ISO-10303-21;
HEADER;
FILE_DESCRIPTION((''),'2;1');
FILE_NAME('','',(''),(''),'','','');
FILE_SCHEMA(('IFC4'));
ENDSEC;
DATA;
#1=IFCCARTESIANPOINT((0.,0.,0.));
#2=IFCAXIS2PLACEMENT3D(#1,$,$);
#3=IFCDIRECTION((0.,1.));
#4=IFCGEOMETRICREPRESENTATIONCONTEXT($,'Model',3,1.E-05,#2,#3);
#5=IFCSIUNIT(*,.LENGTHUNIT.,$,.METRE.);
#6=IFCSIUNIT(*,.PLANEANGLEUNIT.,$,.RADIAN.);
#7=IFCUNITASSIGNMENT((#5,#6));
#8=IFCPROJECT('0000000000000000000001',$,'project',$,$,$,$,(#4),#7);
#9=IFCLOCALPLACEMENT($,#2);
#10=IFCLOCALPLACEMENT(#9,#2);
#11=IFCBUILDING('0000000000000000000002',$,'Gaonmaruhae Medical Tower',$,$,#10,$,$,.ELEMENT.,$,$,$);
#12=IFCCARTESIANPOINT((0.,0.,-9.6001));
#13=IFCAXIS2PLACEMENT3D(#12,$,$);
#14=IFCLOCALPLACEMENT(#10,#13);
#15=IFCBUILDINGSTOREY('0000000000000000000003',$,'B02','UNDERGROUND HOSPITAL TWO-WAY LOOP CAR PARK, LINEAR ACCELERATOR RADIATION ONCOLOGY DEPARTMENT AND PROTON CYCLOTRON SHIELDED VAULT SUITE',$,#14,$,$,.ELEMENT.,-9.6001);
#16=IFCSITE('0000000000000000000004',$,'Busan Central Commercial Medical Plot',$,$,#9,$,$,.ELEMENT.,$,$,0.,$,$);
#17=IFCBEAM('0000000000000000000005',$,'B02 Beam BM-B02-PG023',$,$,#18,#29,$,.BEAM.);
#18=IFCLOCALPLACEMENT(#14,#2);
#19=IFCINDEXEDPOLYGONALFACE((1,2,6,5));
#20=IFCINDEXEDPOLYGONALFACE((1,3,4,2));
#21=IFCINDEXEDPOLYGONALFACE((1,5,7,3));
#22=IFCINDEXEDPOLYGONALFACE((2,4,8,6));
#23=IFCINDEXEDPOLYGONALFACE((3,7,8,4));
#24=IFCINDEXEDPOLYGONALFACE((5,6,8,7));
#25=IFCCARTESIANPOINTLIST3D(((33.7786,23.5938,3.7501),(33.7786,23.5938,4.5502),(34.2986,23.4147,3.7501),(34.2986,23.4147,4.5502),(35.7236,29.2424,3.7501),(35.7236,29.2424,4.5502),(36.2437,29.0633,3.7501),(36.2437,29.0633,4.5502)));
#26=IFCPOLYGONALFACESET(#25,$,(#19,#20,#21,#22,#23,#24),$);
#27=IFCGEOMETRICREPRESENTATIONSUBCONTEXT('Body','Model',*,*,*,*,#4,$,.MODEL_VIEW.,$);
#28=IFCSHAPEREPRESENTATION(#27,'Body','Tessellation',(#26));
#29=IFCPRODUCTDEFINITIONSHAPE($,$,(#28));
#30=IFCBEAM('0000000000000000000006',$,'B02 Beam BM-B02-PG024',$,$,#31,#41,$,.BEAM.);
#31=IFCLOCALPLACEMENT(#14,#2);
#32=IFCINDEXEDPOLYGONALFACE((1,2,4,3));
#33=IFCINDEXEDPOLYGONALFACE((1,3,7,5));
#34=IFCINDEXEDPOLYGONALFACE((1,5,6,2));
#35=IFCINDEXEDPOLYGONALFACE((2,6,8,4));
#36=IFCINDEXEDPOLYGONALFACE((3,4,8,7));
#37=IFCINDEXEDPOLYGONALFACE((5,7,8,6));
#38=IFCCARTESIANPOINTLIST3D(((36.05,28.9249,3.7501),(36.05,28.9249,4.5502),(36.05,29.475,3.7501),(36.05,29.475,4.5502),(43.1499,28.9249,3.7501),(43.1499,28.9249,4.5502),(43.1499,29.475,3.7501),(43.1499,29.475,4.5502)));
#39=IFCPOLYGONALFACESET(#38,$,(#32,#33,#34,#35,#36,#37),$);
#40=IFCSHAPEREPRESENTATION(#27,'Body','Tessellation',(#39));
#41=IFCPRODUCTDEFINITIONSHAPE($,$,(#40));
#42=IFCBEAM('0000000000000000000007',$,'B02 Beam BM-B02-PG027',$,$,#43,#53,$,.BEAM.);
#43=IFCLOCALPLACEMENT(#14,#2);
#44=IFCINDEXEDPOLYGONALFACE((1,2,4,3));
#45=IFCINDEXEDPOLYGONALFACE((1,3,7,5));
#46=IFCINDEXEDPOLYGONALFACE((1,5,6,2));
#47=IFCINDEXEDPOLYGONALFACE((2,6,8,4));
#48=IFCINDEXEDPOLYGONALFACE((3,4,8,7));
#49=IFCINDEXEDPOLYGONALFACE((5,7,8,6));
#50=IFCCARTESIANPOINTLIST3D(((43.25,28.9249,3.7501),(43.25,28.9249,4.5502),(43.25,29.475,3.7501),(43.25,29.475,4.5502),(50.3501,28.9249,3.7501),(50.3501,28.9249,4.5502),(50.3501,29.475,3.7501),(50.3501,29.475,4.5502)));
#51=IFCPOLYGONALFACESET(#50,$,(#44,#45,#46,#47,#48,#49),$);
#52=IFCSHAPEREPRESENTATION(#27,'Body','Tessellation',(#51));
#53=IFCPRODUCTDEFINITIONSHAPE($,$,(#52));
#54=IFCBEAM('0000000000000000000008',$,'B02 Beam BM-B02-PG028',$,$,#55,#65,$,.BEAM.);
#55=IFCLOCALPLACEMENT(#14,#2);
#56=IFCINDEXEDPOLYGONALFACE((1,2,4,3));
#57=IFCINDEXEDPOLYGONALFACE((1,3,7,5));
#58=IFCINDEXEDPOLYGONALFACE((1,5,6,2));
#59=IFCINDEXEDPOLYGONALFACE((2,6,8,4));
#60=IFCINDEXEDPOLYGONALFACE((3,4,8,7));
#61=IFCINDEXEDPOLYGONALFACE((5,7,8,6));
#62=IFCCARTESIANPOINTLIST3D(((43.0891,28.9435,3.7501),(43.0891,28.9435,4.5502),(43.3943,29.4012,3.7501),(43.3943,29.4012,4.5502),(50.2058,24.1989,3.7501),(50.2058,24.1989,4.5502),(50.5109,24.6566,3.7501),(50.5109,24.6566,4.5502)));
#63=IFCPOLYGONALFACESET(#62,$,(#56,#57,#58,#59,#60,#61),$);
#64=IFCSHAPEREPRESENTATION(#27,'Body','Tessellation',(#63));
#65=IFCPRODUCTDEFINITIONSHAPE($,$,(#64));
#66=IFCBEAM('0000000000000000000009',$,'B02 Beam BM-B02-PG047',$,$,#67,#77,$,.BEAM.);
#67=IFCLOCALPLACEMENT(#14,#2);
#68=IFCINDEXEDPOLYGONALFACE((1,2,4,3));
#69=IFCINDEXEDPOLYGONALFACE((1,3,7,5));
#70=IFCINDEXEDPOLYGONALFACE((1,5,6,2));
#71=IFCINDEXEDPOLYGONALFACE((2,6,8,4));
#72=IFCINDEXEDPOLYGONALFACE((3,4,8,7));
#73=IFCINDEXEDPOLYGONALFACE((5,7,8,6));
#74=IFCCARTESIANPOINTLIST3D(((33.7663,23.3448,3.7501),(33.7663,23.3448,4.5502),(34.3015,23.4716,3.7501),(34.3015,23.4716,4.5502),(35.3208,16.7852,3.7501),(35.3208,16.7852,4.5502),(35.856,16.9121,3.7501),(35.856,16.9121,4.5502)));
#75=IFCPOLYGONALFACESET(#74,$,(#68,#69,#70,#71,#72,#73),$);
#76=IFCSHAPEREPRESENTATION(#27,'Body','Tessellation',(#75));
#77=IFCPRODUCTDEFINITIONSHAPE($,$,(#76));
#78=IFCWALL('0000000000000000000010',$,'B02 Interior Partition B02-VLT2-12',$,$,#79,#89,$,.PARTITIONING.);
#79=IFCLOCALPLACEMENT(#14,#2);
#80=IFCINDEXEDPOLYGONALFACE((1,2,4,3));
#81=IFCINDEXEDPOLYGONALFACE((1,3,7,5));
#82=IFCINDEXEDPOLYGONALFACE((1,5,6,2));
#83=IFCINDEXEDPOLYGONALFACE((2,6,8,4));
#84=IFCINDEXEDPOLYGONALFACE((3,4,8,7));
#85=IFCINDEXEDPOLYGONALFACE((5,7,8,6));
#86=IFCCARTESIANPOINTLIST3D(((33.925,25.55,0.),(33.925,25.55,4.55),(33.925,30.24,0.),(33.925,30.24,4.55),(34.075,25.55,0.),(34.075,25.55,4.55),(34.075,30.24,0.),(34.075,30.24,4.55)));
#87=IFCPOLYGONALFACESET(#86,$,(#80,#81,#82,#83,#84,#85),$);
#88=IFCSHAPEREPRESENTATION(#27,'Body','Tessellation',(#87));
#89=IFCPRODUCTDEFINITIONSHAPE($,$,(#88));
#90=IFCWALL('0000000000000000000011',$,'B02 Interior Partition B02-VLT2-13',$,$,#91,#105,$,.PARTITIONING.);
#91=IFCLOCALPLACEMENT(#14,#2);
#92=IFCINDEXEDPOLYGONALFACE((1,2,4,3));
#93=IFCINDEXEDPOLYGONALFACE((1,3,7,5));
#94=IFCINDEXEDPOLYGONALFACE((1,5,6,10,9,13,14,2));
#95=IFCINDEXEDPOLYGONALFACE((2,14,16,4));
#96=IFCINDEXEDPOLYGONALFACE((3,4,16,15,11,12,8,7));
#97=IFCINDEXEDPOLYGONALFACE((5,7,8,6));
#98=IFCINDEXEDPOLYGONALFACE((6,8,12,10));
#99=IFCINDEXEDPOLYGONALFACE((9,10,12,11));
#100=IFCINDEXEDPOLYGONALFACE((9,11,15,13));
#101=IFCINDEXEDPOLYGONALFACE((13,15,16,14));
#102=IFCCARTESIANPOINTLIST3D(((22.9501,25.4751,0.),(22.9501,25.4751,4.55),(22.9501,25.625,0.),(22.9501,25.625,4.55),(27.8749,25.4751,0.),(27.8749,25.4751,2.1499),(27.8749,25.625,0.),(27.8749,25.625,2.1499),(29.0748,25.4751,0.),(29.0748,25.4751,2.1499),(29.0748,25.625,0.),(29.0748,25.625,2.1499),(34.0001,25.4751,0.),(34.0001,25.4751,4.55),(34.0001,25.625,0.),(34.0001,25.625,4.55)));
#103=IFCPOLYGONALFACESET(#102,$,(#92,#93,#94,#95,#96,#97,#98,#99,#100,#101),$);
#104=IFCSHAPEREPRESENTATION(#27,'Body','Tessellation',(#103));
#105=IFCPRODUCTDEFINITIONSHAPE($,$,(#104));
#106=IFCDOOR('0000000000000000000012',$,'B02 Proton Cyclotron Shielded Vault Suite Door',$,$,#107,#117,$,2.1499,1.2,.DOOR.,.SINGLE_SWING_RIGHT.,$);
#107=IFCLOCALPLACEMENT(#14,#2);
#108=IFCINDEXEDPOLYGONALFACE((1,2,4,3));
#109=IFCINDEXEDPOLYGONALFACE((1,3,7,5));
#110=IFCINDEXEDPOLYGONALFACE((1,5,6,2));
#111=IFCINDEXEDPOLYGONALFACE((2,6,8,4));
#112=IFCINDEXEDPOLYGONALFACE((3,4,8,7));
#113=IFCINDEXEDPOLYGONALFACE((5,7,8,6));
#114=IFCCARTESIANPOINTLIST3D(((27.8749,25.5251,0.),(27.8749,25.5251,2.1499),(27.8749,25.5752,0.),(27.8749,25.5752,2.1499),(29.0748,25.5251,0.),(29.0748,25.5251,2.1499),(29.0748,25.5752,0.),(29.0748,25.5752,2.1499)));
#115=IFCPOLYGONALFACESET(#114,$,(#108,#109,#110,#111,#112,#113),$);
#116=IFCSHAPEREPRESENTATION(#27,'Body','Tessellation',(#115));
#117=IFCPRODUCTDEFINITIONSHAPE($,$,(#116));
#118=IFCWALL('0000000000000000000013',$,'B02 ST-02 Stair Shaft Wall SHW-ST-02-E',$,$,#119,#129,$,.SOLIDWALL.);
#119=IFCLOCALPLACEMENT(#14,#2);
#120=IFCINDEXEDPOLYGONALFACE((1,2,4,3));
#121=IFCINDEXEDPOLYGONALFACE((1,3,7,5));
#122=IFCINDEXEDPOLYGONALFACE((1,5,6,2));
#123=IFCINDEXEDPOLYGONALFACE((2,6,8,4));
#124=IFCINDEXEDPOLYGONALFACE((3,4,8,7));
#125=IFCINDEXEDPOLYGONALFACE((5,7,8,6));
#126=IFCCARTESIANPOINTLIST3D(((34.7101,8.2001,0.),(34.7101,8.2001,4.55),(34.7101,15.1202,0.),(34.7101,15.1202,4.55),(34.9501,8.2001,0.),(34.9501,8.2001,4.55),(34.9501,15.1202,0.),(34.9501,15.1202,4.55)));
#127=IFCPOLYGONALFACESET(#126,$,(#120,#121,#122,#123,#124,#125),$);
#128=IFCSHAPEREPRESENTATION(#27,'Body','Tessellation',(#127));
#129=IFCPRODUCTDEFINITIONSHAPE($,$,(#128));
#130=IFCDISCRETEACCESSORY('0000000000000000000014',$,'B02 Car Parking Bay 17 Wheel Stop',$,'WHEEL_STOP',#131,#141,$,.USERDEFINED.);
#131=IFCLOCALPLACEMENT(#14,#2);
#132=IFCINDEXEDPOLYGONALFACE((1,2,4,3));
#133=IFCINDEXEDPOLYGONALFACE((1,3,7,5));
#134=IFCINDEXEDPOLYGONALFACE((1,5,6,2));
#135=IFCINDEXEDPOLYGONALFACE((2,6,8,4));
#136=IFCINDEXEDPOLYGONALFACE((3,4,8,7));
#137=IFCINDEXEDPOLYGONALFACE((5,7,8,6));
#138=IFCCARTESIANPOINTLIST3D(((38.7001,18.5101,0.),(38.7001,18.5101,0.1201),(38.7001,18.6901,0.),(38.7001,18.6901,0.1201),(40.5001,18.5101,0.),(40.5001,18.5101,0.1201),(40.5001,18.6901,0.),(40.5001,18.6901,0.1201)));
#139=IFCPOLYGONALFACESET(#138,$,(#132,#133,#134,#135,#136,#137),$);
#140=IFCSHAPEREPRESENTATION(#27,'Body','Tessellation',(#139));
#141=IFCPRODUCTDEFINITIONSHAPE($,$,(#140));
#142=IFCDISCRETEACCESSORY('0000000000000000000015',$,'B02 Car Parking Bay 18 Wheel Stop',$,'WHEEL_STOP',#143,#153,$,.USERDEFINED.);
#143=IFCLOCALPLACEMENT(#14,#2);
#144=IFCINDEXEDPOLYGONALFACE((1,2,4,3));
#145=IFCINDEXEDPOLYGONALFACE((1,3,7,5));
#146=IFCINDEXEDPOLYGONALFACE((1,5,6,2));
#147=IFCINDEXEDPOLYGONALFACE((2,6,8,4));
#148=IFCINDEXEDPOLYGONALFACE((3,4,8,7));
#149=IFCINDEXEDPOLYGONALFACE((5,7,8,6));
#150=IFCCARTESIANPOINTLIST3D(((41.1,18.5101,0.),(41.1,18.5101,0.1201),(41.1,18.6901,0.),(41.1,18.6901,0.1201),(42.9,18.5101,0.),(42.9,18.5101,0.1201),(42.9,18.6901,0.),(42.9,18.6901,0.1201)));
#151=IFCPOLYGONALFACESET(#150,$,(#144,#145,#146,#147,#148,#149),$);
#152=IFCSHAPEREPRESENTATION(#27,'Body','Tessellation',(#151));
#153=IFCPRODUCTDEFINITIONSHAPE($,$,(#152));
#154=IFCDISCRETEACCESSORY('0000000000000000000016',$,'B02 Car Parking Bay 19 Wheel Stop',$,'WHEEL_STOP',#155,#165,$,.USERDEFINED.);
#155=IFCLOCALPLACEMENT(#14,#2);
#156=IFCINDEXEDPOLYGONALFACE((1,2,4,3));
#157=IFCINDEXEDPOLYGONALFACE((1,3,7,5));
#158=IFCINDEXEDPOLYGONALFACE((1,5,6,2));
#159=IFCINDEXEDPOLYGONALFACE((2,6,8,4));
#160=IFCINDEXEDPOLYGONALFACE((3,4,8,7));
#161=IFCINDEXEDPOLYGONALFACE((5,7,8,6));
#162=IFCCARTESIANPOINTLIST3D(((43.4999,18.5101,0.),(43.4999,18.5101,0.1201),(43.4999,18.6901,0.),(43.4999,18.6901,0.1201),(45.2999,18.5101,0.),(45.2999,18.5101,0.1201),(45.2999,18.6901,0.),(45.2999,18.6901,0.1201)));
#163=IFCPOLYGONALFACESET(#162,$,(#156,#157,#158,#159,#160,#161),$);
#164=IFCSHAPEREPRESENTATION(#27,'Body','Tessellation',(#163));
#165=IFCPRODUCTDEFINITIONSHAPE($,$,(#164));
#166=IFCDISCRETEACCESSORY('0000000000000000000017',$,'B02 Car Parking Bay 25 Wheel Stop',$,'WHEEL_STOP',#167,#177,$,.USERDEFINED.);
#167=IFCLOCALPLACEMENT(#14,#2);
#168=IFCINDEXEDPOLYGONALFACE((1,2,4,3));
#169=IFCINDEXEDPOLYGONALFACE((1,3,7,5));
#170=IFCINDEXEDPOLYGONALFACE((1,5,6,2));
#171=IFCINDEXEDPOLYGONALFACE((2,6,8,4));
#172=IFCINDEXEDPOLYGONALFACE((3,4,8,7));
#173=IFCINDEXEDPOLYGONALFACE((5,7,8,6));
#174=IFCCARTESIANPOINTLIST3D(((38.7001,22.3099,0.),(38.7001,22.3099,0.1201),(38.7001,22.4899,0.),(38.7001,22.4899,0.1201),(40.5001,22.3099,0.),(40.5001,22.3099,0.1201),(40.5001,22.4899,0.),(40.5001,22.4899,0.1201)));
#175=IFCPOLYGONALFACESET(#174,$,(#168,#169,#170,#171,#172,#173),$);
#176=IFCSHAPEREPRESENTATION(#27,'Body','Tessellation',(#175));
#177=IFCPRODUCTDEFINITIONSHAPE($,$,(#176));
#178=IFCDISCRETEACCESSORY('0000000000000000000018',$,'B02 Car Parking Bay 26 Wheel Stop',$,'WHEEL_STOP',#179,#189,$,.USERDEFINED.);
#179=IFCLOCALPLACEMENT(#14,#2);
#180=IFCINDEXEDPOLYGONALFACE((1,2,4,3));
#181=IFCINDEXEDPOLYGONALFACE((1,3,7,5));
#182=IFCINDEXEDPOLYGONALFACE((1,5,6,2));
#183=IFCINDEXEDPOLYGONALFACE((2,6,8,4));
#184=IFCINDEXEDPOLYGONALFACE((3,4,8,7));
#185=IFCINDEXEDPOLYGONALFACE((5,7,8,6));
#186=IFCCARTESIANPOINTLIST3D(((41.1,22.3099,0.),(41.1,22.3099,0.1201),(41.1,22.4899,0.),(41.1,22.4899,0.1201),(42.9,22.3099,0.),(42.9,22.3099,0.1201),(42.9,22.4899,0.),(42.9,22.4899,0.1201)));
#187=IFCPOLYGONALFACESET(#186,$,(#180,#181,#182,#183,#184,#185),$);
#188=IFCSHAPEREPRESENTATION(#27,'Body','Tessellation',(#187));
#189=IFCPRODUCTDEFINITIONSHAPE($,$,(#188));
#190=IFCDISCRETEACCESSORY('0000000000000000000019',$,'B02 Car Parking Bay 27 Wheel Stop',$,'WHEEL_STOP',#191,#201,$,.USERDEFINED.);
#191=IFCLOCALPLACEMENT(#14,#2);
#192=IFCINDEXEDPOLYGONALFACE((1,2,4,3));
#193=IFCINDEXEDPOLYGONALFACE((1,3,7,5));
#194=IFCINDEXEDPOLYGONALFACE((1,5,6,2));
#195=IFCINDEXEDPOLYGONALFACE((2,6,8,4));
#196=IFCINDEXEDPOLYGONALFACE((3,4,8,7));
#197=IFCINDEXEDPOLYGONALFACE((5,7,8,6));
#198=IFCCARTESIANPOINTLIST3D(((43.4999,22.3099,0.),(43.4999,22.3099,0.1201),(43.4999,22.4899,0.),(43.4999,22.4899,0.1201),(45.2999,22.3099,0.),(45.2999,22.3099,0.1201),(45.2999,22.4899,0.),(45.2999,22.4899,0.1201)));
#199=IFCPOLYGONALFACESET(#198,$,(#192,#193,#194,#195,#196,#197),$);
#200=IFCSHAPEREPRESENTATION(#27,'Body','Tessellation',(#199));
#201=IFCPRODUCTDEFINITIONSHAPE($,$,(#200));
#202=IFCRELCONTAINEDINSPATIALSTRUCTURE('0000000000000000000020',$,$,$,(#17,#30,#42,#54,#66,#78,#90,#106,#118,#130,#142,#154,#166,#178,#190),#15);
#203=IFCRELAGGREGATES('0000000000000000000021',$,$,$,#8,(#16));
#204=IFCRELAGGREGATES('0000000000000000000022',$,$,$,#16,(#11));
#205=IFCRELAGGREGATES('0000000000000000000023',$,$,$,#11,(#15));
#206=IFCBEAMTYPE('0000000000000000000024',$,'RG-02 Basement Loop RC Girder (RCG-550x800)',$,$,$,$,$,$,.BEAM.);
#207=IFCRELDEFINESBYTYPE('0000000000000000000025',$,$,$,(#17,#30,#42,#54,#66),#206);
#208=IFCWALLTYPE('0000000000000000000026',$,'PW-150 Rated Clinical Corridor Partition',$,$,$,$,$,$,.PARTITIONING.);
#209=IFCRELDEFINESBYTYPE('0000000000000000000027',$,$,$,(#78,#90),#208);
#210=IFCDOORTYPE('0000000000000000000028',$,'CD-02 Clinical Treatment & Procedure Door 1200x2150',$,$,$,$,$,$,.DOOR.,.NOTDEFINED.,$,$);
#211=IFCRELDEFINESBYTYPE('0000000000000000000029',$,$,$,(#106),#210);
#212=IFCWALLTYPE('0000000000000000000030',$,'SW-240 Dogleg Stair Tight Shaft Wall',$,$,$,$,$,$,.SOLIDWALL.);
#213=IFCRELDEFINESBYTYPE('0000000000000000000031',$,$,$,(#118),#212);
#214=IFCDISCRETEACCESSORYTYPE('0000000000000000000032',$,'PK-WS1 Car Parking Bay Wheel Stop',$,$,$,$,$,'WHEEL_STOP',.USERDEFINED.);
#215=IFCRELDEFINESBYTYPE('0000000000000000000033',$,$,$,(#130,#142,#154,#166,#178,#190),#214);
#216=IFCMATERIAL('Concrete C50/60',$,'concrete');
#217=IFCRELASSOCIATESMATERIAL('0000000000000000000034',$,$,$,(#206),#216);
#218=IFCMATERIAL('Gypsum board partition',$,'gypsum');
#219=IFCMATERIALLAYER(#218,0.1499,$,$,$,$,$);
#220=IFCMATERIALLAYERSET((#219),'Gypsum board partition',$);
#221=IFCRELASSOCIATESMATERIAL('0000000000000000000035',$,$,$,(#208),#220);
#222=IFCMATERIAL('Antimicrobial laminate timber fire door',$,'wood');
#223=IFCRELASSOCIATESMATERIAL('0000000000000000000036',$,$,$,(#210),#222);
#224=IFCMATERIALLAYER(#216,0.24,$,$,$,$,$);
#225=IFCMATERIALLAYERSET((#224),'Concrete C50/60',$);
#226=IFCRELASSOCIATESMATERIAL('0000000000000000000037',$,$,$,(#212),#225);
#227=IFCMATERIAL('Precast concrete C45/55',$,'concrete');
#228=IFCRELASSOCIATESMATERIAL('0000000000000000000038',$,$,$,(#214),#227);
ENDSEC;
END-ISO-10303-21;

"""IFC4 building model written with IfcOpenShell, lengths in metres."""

from ifc_helpers import new_model, si_unit, direction, frame, frame_2d, origin, origin_2d, place, context, subcontext, project, spatial, rectangle, extrude, material, layer, layer_set, material_profile, profile_set, type_object, element, fill, save


model = new_model("IFC4")

# Units and contexts
model_context = context("Model", 3, precision=1e-05, world=origin(), true_north=direction((0.0, 1.0)))
body_context = subcontext(model_context, "Body", "Model", "MODEL_VIEW")
ifc_project = project(units=[si_unit("LENGTHUNIT", "METRE"), si_unit("PLANEANGLEUNIT", "RADIAN")], contexts=[model_context])

# Site, building, storey
site_placement = place(None, origin())
site = spatial("IfcSite", under=ifc_project, at=site_placement, Name="Busan Central Commercial Medical Plot", CompositionType="ELEMENT", RefElevation=0.0)
building_placement = place(site_placement, origin())
building = spatial("IfcBuilding", under=site, at=building_placement, Name="Gaonmaruhae Medical Tower", CompositionType="ELEMENT")
storey_placement = place(building_placement, frame((0.0, 0.0, -9.6001)))
storey = spatial("IfcBuildingStorey", under=building, at=storey_placement, Name="B02", Description="UNDERGROUND HOSPITAL TWO-WAY LOOP CAR PARK, LINEAR ACCELERATOR RADIATION ONCOLOGY DEPARTMENT AND PROTON CYCLOTRON SHIELDED VAULT SUITE", CompositionType="ELEMENT", Elevation=-9.6001)

# Shared definitions
ifc_material_1 = material(Name="Concrete C50/60", Category="concrete")

# Beams
ifc_material_profile_1 = material_profile(ifc_material_1, rectangle(XDim=0.55, YDim=0.8, at=origin_2d()), Name="RCG-550x800")
ifc_profile_set_1 = profile_set([ifc_material_profile_1], Name="Concrete C50/60")
beam_type = type_object("IfcBeamType", Name="RG-02 Basement Loop RC Girder (RCG-550x800)", PredefinedType="BEAM", material=ifc_profile_set_1)
beam_1_placement = place(storey_placement, frame((35.9836, 29.1528, 4.1501), z_axis=(-0.325579, -0.945515, 0.0), x_axis=(0.945515, -0.325579, 0.0)))
element("IfcBeam", 1, at=beam_1_placement, inside=storey, type_object=beam_type, Name="B02 Beam BM-B02-PG023", PredefinedType="BEAM", context=body_context, shape_type="SweptSolid", body=[
    extrude(rectangle(XDim=0.55, YDim=0.8, at=origin_2d()), origin(), (0.0, 0.0, 1.0), 5.9741),
])
beam_2_placement = place(storey_placement, frame((36.05, 29.2, 4.1501), z_axis=(1.0, 0.0, 0.0), x_axis=(0.0, 1.0, 0.0)))
element("IfcBeam", 2, at=beam_2_placement, inside=storey, type_object=beam_type, Name="B02 Beam BM-B02-PG024", PredefinedType="BEAM", context=body_context, shape_type="SweptSolid", body=[
    extrude(rectangle(XDim=0.55, YDim=0.8, at=origin_2d()), origin(), (0.0, 0.0, 1.0), 7.0999),
])
beam_3_placement = place(storey_placement, frame((43.25, 29.2, 4.1501), z_axis=(1.0, 0.0, 0.0), x_axis=(0.0, 1.0, 0.0)))
element("IfcBeam", 3, at=beam_3_placement, inside=storey, type_object=beam_type, Name="B02 Beam BM-B02-PG027", PredefinedType="BEAM", context=body_context, shape_type="SweptSolid", body=[
    extrude(rectangle(XDim=0.55, YDim=0.8, at=origin_2d()), origin(), (0.0, 0.0, 1.0), 7.1001),
])
beam_4_placement = place(storey_placement, frame((43.2417, 29.1724, 4.1501), z_axis=(0.832042, -0.554713, 0.0), x_axis=(0.554713, 0.832042, 0.0)))
element("IfcBeam", 4, at=beam_4_placement, inside=storey, type_object=beam_type, Name="B02 Beam BM-B02-PG028", PredefinedType="BEAM", context=body_context, shape_type="SweptSolid", body=[
    extrude(rectangle(XDim=0.55, YDim=0.8, at=origin_2d()), origin(), (0.0, 0.0, 1.0), 8.5532),
])
beam_5_placement = place(storey_placement, frame((34.0339, 23.4082, 4.1501), z_axis=(0.230587, -0.973052, 0.0), x_axis=(0.973052, 0.230587, 0.0)))
element("IfcBeam", 5, at=beam_5_placement, inside=storey, type_object=beam_type, Name="B02 Beam BM-B02-PG047", PredefinedType="BEAM", context=body_context, shape_type="SweptSolid", body=[
    extrude(rectangle(XDim=0.55, YDim=0.8, at=origin_2d()), origin(), (0.0, 0.0, 1.0), 6.7412),
])

# Wall
ifc_material_2 = material(Name="Gypsum board partition", Category="gypsum")
ifc_layer_1 = layer(ifc_material_2, 0.1499)
ifc_layer_set_1 = layer_set([ifc_layer_1], Name="Gypsum board partition")
wall_type_1 = type_object("IfcWallType", Name="PW-150 Rated Clinical Corridor Partition", PredefinedType="PARTITIONING", material=ifc_layer_set_1)
wall_1_placement = place(storey_placement, frame((34.0, 30.24, 0.0), z_axis=(0.0, 0.0, 1.0), x_axis=(0.0, -1.0, 0.0)))
element("IfcWall", 6, at=wall_1_placement, inside=storey, type_object=wall_type_1, Name="B02 Interior Partition B02-VLT2-12", PredefinedType="PARTITIONING", context=body_context, shape_type="SweptSolid", body=[
    extrude(rectangle(XDim=4.6899, YDim=0.1499, at=frame_2d((2.345, 0.0))), origin(), (0.0, 0.0, 1.0), 4.55),
])

# Wall, opening, door
wall_2_placement = place(storey_placement, frame((34.0, 25.55, 0.0), z_axis=(0.0, 0.0, 1.0), x_axis=(-1.0, 0.0, 0.0)))
wall_2 = element("IfcWall", 7, at=wall_2_placement, inside=storey, type_object=wall_type_1, Name="B02 Interior Partition B02-VLT2-13", PredefinedType="PARTITIONING", context=body_context, shape_type="SweptSolid", body=[
    extrude(rectangle(XDim=11.05, YDim=0.1499, at=frame_2d((5.5249, 0.0))), origin(), (0.0, 0.0, 1.0), 4.55),
])
opening_placement = place(wall_2_placement, frame((4.925, 0.0, 0.0)))
opening = element("IfcOpeningElement", 8, at=opening_placement, cuts=wall_2, PredefinedType="OPENING", context=body_context, shape_type="SweptSolid", body=[
    extrude(rectangle(XDim=1.2, YDim=2.1499, at=frame_2d((0.6001, 1.075))), frame((0.0, 0.085, 0.0), z_axis=(0.0, -1.0, 0.0), x_axis=(1.0, 0.0, 0.0)), (0.0, 0.0, 1.0), 0.1699),
])
ifc_material_3 = material(Name="Antimicrobial laminate timber fire door", Category="wood")
door_type = type_object("IfcDoorType", Name="CD-02 Clinical Treatment & Procedure Door 1200x2150", OperationType="NOTDEFINED", PredefinedType="DOOR", material=ifc_material_3)
door_placement = place(opening_placement, origin())
door = element("IfcDoor", 9, at=door_placement, inside=storey, type_object=door_type, Name="B02 Proton Cyclotron Shielded Vault Suite Door", OperationType="SINGLE_SWING_RIGHT", OverallHeight=2.1499, OverallWidth=1.2, PredefinedType="DOOR", context=body_context, shape_type="SweptSolid", body=[
    extrude(rectangle(XDim=1.2, YDim=2.1499, at=frame_2d((0.6001, 1.075))), frame((0.0, 0.0249, 0.0), z_axis=(0.0, -1.0, 0.0), x_axis=(1.0, 0.0, 0.0)), (0.0, 0.0, 1.0), 0.05),
])
fill(opening, door)

# Wall
ifc_layer_2 = layer(ifc_material_1, 0.24)
ifc_layer_set_2 = layer_set([ifc_layer_2], Name="Concrete C50/60")
wall_type_2 = type_object("IfcWallType", Name="SW-240 Dogleg Stair Tight Shaft Wall", PredefinedType="SOLIDWALL", material=ifc_layer_set_2)
wall_3_placement = place(storey_placement, frame((34.8301, 15.1201, 0.0), z_axis=(0.0, 0.0, 1.0), x_axis=(0.0, -1.0, 0.0)))
element("IfcWall", 10, at=wall_3_placement, inside=storey, type_object=wall_type_2, Name="B02 ST-02 Stair Shaft Wall SHW-ST-02-E", PredefinedType="SOLIDWALL", context=body_context, shape_type="SweptSolid", body=[
    extrude(rectangle(XDim=6.9202, YDim=0.24, at=frame_2d((3.46, 0.0))), origin(), (0.0, 0.0, 1.0), 4.55),
])

# Discrete accessories
ifc_material_4 = material(Name="Precast concrete C45/55", Category="concrete")
discrete_accessory_type = type_object("IfcDiscreteAccessoryType", Name="PK-WS1 Car Parking Bay Wheel Stop", ElementType="WHEEL_STOP", PredefinedType="USERDEFINED", material=ifc_material_4)
for number, where, z_axis, x_axis, name in (
    (11, (39.6001, 18.6001, 0.0), (0.0, 0.0, 1.0), (1.0, 0.0, 0.0), "B02 Car Parking Bay 17 Wheel Stop"),
    (12, (42.0, 18.6001, 0.0), (0.0, 0.0, 1.0), (1.0, 0.0, 0.0), "B02 Car Parking Bay 18 Wheel Stop"),
    (13, (44.3999, 18.6001, 0.0), (0.0, 0.0, 1.0), (1.0, 0.0, 0.0), "B02 Car Parking Bay 19 Wheel Stop"),
    (14, (39.6001, 22.3999, 0.0), (0.0, 0.0, 1.0), (1.0, 0.0, 0.0), "B02 Car Parking Bay 25 Wheel Stop"),
    (15, (42.0, 22.3999, 0.0), (0.0, 0.0, 1.0), (1.0, 0.0, 0.0), "B02 Car Parking Bay 26 Wheel Stop"),
    (16, (44.3999, 22.3999, 0.0), (0.0, 0.0, 1.0), (1.0, 0.0, 0.0), "B02 Car Parking Bay 27 Wheel Stop"),
):
    element("IfcDiscreteAccessory", number, at=place(storey_placement, frame(where, z_axis=z_axis, x_axis=x_axis)), inside=storey, type_object=discrete_accessory_type, Name=name, ObjectType="WHEEL_STOP", PredefinedType="USERDEFINED", context=body_context, shape_type="SweptSolid", body=[
        extrude(rectangle(XDim=1.8, YDim=0.1799, at=origin_2d()), origin(), (0.0, 0.0, 1.0), 0.1201),
    ])

save(model, "model.ifc")
